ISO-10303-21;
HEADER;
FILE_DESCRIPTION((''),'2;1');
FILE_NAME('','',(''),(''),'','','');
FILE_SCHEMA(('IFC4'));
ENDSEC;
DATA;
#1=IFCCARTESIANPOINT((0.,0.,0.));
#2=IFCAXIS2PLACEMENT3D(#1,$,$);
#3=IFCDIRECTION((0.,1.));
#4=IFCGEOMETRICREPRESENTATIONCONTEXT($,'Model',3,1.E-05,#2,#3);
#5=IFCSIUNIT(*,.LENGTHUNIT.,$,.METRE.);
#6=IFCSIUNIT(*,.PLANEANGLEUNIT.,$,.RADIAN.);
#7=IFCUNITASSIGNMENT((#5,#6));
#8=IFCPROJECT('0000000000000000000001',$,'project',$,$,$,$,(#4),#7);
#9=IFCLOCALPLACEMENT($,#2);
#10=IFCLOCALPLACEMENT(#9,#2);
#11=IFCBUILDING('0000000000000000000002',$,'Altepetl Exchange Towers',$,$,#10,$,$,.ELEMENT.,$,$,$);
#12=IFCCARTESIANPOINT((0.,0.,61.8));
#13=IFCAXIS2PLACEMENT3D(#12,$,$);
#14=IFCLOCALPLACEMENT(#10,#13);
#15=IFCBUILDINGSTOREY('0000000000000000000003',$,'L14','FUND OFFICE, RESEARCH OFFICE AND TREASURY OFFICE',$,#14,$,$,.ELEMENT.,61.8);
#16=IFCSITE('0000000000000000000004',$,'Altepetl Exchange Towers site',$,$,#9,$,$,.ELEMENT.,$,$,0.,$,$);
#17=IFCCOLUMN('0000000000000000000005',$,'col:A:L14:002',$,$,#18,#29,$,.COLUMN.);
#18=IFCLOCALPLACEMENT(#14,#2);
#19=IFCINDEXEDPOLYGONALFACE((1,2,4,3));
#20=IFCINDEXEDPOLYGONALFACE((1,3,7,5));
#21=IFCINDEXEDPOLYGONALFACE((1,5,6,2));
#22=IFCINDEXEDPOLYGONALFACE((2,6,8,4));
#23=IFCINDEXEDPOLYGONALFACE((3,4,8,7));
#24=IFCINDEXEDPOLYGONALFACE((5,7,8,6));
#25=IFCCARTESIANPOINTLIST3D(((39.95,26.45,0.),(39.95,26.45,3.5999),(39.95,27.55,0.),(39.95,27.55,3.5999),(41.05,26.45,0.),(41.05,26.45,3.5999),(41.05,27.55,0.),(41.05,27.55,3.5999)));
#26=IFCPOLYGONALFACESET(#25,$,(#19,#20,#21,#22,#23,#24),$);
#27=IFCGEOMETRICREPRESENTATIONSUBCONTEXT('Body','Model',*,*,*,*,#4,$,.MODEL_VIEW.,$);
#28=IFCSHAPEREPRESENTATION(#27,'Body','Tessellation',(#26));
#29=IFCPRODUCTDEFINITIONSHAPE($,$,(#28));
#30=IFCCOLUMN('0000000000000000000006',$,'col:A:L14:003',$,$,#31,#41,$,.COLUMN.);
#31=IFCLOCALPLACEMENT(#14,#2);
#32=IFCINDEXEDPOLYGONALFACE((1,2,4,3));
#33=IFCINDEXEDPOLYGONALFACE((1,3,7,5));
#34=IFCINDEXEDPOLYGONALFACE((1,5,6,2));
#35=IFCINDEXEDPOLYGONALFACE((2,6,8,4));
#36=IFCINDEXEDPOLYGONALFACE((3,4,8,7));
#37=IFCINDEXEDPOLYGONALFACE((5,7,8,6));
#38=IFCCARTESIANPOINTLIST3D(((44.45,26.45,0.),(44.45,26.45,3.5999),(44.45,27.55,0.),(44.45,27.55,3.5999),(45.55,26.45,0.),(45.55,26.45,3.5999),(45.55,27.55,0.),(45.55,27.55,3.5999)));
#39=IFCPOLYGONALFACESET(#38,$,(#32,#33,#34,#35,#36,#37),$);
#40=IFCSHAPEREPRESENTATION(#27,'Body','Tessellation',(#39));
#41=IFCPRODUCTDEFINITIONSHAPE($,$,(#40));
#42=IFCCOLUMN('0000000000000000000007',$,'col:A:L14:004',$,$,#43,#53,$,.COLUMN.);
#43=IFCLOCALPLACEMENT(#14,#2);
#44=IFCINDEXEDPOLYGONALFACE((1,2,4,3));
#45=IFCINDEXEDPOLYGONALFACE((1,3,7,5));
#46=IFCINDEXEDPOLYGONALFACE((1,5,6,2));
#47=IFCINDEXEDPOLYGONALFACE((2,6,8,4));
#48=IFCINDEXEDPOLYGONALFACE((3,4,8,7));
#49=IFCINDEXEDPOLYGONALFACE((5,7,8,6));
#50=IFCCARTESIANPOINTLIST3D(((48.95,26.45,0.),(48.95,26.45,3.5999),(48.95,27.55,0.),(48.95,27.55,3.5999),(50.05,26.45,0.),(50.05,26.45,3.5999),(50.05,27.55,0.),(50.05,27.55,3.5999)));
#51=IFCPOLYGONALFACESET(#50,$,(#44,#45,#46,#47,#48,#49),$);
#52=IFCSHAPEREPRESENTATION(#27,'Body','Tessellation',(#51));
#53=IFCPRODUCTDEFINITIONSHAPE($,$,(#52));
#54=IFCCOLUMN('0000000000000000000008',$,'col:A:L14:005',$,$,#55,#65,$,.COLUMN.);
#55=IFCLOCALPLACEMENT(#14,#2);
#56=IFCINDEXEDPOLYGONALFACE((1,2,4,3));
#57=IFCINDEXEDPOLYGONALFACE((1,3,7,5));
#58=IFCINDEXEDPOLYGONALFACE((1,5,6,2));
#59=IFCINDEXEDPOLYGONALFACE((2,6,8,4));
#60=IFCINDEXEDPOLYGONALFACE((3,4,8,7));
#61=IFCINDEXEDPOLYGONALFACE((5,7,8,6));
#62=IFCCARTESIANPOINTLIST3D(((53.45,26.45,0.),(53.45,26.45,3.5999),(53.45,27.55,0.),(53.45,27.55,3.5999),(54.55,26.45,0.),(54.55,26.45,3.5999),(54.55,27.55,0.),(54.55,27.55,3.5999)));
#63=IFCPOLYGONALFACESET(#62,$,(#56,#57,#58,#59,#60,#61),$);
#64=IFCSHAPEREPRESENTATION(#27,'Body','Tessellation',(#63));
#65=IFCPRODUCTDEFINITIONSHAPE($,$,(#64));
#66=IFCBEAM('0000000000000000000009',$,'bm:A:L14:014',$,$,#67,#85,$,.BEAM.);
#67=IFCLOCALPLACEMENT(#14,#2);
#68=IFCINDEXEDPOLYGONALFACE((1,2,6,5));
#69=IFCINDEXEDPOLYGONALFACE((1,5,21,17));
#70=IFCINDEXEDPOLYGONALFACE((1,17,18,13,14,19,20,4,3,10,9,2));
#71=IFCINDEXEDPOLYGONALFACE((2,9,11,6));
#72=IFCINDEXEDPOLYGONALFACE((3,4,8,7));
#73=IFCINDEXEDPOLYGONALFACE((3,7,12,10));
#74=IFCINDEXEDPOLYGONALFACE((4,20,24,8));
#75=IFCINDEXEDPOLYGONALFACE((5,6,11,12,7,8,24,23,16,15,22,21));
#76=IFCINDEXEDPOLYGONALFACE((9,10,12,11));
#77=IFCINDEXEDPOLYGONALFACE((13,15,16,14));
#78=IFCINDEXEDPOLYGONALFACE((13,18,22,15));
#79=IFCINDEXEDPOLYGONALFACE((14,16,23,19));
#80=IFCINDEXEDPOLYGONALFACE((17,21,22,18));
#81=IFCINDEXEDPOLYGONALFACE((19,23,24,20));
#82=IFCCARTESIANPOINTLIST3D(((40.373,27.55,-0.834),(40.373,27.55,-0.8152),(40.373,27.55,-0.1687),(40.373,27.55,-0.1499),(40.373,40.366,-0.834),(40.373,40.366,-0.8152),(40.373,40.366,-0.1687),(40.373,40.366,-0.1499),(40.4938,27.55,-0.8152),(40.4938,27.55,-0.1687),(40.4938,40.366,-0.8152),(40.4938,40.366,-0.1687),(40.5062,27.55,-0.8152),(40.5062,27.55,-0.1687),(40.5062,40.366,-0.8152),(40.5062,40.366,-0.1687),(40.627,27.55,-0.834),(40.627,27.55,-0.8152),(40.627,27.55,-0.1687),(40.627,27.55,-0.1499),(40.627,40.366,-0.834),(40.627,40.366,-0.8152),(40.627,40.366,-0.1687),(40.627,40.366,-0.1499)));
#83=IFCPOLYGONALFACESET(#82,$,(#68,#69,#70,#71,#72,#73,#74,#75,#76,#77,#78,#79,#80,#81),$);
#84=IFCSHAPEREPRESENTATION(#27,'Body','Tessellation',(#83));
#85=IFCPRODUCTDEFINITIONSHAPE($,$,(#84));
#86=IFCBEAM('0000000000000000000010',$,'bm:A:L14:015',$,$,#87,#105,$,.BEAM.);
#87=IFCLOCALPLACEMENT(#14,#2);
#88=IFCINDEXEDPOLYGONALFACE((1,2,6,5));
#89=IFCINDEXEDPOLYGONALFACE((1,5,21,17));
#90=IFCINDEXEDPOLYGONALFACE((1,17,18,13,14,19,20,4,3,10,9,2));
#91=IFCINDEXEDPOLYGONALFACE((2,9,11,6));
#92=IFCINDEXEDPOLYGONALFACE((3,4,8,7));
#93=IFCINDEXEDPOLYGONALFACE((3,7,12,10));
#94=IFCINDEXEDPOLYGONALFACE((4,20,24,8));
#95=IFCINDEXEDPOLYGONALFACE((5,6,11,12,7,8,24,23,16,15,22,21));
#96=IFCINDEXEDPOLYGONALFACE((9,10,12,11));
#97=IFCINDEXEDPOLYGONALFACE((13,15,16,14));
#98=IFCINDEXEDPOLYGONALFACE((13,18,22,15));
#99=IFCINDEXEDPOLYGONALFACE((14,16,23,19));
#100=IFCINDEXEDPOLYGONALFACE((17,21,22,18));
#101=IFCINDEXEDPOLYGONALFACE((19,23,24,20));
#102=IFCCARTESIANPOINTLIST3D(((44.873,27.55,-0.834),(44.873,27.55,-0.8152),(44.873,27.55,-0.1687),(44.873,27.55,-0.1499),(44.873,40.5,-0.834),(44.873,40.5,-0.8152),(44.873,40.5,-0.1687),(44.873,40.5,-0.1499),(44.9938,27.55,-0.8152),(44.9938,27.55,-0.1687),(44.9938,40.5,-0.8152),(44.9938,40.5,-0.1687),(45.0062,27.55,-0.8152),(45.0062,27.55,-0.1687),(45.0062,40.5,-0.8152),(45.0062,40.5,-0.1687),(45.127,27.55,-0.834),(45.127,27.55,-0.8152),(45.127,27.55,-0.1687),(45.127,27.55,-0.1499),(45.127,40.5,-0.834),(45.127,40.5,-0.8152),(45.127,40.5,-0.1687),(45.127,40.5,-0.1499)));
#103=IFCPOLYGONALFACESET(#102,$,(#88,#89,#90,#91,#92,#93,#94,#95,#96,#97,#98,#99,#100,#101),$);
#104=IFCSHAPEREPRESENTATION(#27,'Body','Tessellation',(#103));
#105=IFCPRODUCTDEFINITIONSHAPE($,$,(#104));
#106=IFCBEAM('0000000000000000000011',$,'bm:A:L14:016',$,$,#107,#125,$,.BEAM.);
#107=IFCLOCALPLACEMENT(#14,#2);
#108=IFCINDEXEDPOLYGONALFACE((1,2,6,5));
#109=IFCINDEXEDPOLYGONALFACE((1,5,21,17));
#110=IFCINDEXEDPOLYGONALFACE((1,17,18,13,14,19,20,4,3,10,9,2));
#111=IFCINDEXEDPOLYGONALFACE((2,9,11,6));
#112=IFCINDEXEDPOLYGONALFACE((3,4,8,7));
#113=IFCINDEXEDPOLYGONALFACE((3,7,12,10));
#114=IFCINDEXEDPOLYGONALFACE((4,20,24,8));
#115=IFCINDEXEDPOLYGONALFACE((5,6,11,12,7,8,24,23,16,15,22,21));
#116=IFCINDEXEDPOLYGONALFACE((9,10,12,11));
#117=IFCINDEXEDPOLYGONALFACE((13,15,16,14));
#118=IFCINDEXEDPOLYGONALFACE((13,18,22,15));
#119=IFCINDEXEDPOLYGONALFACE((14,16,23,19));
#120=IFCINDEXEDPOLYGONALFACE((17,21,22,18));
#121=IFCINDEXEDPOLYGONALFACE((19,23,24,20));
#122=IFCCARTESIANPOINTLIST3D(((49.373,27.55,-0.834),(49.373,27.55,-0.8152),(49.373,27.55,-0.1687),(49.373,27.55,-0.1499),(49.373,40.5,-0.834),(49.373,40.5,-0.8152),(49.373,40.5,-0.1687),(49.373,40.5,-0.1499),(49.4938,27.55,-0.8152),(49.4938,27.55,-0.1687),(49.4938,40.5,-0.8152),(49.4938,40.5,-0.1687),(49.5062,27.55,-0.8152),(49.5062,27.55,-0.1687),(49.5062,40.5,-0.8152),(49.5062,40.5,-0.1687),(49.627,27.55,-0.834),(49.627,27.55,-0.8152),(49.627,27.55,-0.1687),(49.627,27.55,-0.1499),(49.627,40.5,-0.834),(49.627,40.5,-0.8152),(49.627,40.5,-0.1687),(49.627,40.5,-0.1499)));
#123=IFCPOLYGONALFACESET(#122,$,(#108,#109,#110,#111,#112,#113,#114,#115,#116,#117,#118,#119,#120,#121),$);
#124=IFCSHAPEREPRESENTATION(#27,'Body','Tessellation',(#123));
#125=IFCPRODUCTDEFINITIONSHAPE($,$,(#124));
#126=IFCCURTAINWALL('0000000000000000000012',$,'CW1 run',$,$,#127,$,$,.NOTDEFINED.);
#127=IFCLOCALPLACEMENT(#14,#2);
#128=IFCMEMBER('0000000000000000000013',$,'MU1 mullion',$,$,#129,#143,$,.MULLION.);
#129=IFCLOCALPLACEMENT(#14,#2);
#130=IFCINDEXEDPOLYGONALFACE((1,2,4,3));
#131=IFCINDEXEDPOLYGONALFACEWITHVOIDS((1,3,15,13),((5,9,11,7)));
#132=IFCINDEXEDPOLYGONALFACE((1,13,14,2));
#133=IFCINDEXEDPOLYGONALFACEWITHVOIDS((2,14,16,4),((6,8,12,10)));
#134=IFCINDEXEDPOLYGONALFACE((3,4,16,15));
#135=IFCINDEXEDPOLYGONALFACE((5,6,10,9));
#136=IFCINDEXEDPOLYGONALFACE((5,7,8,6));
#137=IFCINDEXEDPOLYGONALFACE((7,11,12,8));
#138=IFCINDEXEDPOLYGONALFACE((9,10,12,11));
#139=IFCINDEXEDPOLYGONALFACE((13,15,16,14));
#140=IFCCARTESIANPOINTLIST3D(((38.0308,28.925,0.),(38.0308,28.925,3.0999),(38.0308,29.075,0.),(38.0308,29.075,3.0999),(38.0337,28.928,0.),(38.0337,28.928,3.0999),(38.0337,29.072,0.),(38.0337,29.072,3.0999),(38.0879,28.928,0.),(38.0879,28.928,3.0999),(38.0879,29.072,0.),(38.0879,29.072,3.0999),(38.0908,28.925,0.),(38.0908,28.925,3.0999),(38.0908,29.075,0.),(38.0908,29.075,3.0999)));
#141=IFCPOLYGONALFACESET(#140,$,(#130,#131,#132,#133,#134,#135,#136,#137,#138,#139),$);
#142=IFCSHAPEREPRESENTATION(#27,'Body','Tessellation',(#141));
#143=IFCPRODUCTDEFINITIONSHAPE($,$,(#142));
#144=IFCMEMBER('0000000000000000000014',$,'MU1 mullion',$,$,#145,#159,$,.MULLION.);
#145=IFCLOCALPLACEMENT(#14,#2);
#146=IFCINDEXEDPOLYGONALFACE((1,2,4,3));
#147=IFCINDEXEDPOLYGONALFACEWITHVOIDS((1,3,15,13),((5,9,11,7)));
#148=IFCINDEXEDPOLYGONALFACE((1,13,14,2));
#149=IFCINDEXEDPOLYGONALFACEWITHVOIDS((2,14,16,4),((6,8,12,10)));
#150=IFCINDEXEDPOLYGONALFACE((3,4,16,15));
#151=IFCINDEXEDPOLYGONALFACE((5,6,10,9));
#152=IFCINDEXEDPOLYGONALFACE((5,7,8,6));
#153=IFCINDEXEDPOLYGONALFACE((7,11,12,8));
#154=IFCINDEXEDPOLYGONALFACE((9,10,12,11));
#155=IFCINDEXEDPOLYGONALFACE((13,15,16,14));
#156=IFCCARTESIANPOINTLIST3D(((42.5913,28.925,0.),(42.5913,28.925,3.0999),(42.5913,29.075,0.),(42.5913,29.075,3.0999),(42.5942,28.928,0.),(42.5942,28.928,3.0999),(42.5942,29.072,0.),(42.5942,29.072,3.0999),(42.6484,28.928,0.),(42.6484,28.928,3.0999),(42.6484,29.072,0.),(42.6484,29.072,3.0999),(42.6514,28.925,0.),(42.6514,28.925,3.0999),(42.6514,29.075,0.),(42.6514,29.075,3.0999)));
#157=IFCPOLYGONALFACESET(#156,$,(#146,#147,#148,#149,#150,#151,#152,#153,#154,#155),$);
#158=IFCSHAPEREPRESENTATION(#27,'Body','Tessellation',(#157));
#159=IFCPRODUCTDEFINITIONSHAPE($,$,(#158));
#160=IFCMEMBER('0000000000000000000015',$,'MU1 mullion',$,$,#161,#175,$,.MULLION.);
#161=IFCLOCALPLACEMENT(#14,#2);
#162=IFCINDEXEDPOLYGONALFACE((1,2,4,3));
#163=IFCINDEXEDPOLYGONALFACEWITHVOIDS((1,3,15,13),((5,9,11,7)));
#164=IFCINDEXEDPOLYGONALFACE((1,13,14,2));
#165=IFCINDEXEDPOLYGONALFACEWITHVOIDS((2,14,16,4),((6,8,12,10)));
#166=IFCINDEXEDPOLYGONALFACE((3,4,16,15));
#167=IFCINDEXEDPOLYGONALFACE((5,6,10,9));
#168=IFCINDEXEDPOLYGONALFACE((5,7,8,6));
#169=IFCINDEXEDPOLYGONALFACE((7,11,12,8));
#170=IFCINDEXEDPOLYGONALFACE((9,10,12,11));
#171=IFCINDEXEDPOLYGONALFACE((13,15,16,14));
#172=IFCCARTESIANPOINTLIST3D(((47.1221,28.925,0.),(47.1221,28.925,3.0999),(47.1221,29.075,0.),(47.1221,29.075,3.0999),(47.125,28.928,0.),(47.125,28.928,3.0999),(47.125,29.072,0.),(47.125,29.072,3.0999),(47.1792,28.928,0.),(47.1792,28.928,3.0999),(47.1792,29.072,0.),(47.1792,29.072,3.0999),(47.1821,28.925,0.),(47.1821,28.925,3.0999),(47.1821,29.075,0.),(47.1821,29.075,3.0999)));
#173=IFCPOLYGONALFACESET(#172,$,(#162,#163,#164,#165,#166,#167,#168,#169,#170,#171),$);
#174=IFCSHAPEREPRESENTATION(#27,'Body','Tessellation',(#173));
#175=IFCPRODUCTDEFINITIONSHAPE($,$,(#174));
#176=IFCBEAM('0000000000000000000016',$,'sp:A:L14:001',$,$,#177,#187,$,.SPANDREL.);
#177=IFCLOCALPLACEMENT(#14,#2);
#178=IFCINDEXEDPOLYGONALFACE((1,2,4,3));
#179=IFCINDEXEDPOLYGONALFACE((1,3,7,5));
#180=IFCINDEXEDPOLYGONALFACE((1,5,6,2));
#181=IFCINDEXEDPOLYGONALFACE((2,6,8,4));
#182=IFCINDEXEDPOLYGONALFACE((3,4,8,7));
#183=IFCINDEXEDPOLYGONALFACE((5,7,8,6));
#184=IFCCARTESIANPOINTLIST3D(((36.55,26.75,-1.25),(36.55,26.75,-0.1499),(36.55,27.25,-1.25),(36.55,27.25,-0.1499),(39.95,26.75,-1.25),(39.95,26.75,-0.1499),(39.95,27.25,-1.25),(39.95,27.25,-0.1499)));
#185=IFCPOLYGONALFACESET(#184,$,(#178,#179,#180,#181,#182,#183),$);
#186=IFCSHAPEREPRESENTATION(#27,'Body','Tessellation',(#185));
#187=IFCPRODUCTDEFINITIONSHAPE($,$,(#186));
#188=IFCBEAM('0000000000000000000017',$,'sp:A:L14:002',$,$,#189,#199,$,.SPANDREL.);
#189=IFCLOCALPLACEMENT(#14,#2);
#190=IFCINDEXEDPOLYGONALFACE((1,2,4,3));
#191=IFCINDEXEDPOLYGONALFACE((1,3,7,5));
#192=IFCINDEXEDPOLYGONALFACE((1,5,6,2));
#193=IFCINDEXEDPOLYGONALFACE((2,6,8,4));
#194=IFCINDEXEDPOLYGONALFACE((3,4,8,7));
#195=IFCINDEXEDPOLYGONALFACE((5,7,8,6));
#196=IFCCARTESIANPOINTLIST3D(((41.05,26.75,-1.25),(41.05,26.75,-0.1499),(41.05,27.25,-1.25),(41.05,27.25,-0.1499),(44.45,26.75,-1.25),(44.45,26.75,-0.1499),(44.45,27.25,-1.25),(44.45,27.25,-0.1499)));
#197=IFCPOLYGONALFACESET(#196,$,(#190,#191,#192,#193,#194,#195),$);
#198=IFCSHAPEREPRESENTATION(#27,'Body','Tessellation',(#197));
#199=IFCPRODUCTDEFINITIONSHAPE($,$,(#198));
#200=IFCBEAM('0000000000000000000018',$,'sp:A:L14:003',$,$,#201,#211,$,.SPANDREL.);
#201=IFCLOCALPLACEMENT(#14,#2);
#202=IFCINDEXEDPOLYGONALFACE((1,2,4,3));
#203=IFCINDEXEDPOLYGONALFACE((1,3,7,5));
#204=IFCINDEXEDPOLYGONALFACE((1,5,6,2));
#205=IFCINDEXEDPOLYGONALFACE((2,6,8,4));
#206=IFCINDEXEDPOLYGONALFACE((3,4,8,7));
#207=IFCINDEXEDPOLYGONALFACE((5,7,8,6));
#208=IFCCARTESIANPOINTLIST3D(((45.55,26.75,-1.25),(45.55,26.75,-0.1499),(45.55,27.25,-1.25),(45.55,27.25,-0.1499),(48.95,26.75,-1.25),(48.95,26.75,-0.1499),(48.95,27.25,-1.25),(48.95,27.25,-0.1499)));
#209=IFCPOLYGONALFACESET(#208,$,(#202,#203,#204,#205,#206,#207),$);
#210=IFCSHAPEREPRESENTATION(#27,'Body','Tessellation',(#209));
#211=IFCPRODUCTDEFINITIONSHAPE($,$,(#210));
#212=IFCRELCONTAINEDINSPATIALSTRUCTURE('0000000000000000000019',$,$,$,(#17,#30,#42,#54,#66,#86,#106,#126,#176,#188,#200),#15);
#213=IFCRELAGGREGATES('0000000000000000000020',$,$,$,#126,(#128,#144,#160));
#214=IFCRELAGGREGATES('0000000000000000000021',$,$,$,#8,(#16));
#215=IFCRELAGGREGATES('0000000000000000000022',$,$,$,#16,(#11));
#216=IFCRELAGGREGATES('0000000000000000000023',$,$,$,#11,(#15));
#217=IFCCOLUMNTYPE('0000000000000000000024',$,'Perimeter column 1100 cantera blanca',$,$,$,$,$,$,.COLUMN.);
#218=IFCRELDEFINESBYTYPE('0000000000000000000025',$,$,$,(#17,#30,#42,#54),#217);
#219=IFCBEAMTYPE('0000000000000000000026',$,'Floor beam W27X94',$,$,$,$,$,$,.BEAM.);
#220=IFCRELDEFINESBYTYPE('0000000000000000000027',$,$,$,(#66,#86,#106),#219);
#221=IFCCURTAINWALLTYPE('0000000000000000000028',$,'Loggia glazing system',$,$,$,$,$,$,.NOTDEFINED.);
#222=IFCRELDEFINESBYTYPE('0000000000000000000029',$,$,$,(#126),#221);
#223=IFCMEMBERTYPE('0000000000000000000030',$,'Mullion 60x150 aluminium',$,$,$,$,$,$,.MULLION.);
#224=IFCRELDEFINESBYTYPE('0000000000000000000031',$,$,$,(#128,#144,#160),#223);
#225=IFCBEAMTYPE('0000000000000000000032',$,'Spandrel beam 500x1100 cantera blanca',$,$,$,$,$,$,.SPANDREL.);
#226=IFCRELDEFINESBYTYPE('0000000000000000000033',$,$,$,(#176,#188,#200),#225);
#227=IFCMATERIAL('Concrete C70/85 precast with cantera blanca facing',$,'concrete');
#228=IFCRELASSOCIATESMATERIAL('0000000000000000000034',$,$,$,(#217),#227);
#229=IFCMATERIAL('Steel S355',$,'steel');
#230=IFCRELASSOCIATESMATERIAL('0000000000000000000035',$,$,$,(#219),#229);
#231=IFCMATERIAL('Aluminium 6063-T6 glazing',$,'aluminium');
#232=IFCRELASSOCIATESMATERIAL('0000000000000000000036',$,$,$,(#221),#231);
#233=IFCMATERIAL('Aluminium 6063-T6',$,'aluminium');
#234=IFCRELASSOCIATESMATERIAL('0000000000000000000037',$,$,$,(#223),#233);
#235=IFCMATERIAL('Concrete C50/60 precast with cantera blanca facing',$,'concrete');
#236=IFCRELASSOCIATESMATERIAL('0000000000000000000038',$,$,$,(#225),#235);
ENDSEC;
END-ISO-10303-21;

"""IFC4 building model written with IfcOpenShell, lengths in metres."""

from ifc_helpers import new_model, si_unit, direction, frame, origin, origin_2d, place, context, subcontext, project, spatial, rectangle, hollow_rectangle, i_section, extrude, material, material_profile, profile_set, type_object, element, aggregate, save


model = new_model("IFC4")

# Units and contexts
model_context = context("Model", 3, precision=1e-05, world=origin(), true_north=direction((0.0, 1.0)))
body_context = subcontext(model_context, "Body", "Model", "MODEL_VIEW")
ifc_project = project(units=[si_unit("LENGTHUNIT", "METRE"), si_unit("PLANEANGLEUNIT", "RADIAN")], contexts=[model_context])

# Site, building, storey
site_placement = place(None, origin())
site = spatial("IfcSite", under=ifc_project, at=site_placement, Name="Altepetl Exchange Towers site", CompositionType="ELEMENT", RefElevation=0.0)
building_placement = place(site_placement, origin())
building = spatial("IfcBuilding", under=site, at=building_placement, Name="Altepetl Exchange Towers", CompositionType="ELEMENT")
storey_placement = place(building_placement, frame((0.0, 0.0, 61.8)))
storey = spatial("IfcBuildingStorey", under=building, at=storey_placement, Name="L14", Description="FUND OFFICE, RESEARCH OFFICE AND TREASURY OFFICE", CompositionType="ELEMENT", Elevation=61.8)

# Columns
ifc_material_1 = material(Name="Concrete C70/85 precast with cantera blanca facing", Category="concrete")
ifc_material_profile_1 = material_profile(ifc_material_1, rectangle(XDim=1.1001, YDim=1.1001, at=origin_2d()), Name="1100 x 1100")
ifc_profile_set_1 = profile_set([ifc_material_profile_1], Name="Concrete C70/85 precast with cantera blanca facing")
column_type = type_object("IfcColumnType", Name="Perimeter column 1100 cantera blanca", PredefinedType="COLUMN", material=ifc_profile_set_1)
for number, where, name in (
    (1, (40.5, 27.0, 0.0), "col:A:L14:002"),
    (2, (45.0, 27.0, 0.0), "col:A:L14:003"),
    (3, (49.5, 27.0, 0.0), "col:A:L14:004"),
    (4, (54.0, 27.0, 0.0), "col:A:L14:005"),
):
    element("IfcColumn", number, at=place(storey_placement, frame(where)), inside=storey, type_object=column_type, Name=name, PredefinedType="COLUMN", context=body_context, shape_type="SweptSolid", body=[
        extrude(rectangle(XDim=1.1001, YDim=1.1001, at=origin_2d()), origin(), (0.0, 0.0, 1.0), 3.5999),
    ])

# Beams
ifc_material_2 = material(Name="Steel S355", Category="steel")
ifc_material_profile_2 = material_profile(ifc_material_2, i_section(OverallWidth=0.2539, OverallDepth=0.6841, WebThickness=0.0125, FlangeThickness=0.0188, at=origin_2d()), Name="W27X94")
ifc_profile_set_2 = profile_set([ifc_material_profile_2], Name="Steel S355")
beam_type_1 = type_object("IfcBeamType", Name="Floor beam W27X94", PredefinedType="BEAM", material=ifc_profile_set_2)
beam_placement = place(storey_placement, frame((40.5, 27.55, -0.4919), z_axis=(0.0, 1.0, 0.0), x_axis=(-1.0, 0.0, 0.0)))
element("IfcBeam", 5, at=beam_placement, inside=storey, type_object=beam_type_1, Name="bm:A:L14:014", PredefinedType="BEAM", context=body_context, shape_type="SweptSolid", body=[
    extrude(i_section(OverallWidth=0.2539, OverallDepth=0.6841, WebThickness=0.0125, FlangeThickness=0.0188, at=origin_2d()), origin(), (0.0, 0.0, 1.0), 12.8159),
])
for number, where, z_axis, x_axis, name in (
    (6, (45.0, 27.55, -0.4919), (0.0, 1.0, 0.0), (-1.0, 0.0, 0.0), "bm:A:L14:015"),
    (7, (49.5, 27.55, -0.4919), (0.0, 1.0, 0.0), (-1.0, 0.0, 0.0), "bm:A:L14:016"),
):
    element("IfcBeam", number, at=place(storey_placement, frame(where, z_axis=z_axis, x_axis=x_axis)), inside=storey, type_object=beam_type_1, Name=name, PredefinedType="BEAM", context=body_context, shape_type="SweptSolid", body=[
        extrude(i_section(OverallWidth=0.2539, OverallDepth=0.6841, WebThickness=0.0125, FlangeThickness=0.0188, at=origin_2d()), origin(), (0.0, 0.0, 1.0), 12.95),
    ])

# Curtain wall, members
ifc_material_3 = material(Name="Aluminium 6063-T6 glazing", Category="aluminium")
curtain_wall_type = type_object("IfcCurtainWallType", Name="Loggia glazing system", PredefinedType="NOTDEFINED", material=ifc_material_3)
curtain_wall_placement = place(storey_placement, origin())
curtain_wall = element("IfcCurtainWall", 8, at=curtain_wall_placement, inside=storey, type_object=curtain_wall_type, Name="CW1 run", PredefinedType="NOTDEFINED")
ifc_material_4 = material(Name="Aluminium 6063-T6", Category="aluminium")
ifc_material_profile_3 = material_profile(ifc_material_4, hollow_rectangle(XDim=0.0601, YDim=0.1499, WallThickness=0.0029, at=origin_2d()), Name="Mullion 60x150 aluminium")
ifc_profile_set_3 = profile_set([ifc_material_profile_3], Name="Aluminium 6063-T6")
member_type = type_object("IfcMemberType", Name="Mullion 60x150 aluminium", PredefinedType="MULLION", material=ifc_profile_set_3)
member_1_placement = place(storey_placement, frame((38.0608, 29.0, 0.0)))
member_1 = element("IfcMember", 9, at=member_1_placement, type_object=member_type, Name="MU1 mullion", PredefinedType="MULLION", context=body_context, shape_type="SweptSolid", body=[
    extrude(hollow_rectangle(XDim=0.0601, YDim=0.1499, WallThickness=0.0029, at=origin_2d()), origin(), (0.0, 0.0, 1.0), 3.0999),
])
member_2_placement = place(storey_placement, frame((42.6213, 29.0, 0.0)))
member_2 = element("IfcMember", 10, at=member_2_placement, type_object=member_type, Name="MU1 mullion", PredefinedType="MULLION", context=body_context, shape_type="SweptSolid", body=[
    extrude(hollow_rectangle(XDim=0.0601, YDim=0.1499, WallThickness=0.0029, at=origin_2d()), origin(), (0.0, 0.0, 1.0), 3.0999),
])
member_3_placement = place(storey_placement, frame((47.1521, 29.0, 0.0)))
member_3 = element("IfcMember", 11, at=member_3_placement, type_object=member_type, Name="MU1 mullion", PredefinedType="MULLION", context=body_context, shape_type="SweptSolid", body=[
    extrude(hollow_rectangle(XDim=0.0601, YDim=0.1499, WallThickness=0.0029, at=origin_2d()), origin(), (0.0, 0.0, 1.0), 3.0999),
])

# Beams
ifc_material_5 = material(Name="Concrete C50/60 precast with cantera blanca facing", Category="concrete")
ifc_material_profile_4 = material_profile(ifc_material_5, rectangle(XDim=0.5, YDim=1.1001, at=origin_2d()), Name="500 x 1100")
ifc_profile_set_4 = profile_set([ifc_material_profile_4], Name="Concrete C50/60 precast with cantera blanca facing")
beam_type_2 = type_object("IfcBeamType", Name="Spandrel beam 500x1100 cantera blanca", PredefinedType="SPANDREL", material=ifc_profile_set_4)
for number, where, z_axis, x_axis, name in (
    (12, (36.55, 27.0, -0.7), (1.0, 0.0, 0.0), (0.0, 1.0, 0.0), "sp:A:L14:001"),
    (13, (41.05, 27.0, -0.7), (1.0, 0.0, 0.0), (0.0, 1.0, 0.0), "sp:A:L14:002"),
    (14, (45.55, 27.0, -0.7), (1.0, 0.0, 0.0), (0.0, 1.0, 0.0), "sp:A:L14:003"),
):
    element("IfcBeam", number, at=place(storey_placement, frame(where, z_axis=z_axis, x_axis=x_axis)), inside=storey, type_object=beam_type_2, Name=name, PredefinedType="SPANDREL", context=body_context, shape_type="SweptSolid", body=[
        extrude(rectangle(XDim=0.5, YDim=1.1001, at=origin_2d()), origin(), (0.0, 0.0, 1.0), 3.3999),
    ])

aggregate(curtain_wall, [member_1, member_2, member_3])

save(model, "model.ifc")
